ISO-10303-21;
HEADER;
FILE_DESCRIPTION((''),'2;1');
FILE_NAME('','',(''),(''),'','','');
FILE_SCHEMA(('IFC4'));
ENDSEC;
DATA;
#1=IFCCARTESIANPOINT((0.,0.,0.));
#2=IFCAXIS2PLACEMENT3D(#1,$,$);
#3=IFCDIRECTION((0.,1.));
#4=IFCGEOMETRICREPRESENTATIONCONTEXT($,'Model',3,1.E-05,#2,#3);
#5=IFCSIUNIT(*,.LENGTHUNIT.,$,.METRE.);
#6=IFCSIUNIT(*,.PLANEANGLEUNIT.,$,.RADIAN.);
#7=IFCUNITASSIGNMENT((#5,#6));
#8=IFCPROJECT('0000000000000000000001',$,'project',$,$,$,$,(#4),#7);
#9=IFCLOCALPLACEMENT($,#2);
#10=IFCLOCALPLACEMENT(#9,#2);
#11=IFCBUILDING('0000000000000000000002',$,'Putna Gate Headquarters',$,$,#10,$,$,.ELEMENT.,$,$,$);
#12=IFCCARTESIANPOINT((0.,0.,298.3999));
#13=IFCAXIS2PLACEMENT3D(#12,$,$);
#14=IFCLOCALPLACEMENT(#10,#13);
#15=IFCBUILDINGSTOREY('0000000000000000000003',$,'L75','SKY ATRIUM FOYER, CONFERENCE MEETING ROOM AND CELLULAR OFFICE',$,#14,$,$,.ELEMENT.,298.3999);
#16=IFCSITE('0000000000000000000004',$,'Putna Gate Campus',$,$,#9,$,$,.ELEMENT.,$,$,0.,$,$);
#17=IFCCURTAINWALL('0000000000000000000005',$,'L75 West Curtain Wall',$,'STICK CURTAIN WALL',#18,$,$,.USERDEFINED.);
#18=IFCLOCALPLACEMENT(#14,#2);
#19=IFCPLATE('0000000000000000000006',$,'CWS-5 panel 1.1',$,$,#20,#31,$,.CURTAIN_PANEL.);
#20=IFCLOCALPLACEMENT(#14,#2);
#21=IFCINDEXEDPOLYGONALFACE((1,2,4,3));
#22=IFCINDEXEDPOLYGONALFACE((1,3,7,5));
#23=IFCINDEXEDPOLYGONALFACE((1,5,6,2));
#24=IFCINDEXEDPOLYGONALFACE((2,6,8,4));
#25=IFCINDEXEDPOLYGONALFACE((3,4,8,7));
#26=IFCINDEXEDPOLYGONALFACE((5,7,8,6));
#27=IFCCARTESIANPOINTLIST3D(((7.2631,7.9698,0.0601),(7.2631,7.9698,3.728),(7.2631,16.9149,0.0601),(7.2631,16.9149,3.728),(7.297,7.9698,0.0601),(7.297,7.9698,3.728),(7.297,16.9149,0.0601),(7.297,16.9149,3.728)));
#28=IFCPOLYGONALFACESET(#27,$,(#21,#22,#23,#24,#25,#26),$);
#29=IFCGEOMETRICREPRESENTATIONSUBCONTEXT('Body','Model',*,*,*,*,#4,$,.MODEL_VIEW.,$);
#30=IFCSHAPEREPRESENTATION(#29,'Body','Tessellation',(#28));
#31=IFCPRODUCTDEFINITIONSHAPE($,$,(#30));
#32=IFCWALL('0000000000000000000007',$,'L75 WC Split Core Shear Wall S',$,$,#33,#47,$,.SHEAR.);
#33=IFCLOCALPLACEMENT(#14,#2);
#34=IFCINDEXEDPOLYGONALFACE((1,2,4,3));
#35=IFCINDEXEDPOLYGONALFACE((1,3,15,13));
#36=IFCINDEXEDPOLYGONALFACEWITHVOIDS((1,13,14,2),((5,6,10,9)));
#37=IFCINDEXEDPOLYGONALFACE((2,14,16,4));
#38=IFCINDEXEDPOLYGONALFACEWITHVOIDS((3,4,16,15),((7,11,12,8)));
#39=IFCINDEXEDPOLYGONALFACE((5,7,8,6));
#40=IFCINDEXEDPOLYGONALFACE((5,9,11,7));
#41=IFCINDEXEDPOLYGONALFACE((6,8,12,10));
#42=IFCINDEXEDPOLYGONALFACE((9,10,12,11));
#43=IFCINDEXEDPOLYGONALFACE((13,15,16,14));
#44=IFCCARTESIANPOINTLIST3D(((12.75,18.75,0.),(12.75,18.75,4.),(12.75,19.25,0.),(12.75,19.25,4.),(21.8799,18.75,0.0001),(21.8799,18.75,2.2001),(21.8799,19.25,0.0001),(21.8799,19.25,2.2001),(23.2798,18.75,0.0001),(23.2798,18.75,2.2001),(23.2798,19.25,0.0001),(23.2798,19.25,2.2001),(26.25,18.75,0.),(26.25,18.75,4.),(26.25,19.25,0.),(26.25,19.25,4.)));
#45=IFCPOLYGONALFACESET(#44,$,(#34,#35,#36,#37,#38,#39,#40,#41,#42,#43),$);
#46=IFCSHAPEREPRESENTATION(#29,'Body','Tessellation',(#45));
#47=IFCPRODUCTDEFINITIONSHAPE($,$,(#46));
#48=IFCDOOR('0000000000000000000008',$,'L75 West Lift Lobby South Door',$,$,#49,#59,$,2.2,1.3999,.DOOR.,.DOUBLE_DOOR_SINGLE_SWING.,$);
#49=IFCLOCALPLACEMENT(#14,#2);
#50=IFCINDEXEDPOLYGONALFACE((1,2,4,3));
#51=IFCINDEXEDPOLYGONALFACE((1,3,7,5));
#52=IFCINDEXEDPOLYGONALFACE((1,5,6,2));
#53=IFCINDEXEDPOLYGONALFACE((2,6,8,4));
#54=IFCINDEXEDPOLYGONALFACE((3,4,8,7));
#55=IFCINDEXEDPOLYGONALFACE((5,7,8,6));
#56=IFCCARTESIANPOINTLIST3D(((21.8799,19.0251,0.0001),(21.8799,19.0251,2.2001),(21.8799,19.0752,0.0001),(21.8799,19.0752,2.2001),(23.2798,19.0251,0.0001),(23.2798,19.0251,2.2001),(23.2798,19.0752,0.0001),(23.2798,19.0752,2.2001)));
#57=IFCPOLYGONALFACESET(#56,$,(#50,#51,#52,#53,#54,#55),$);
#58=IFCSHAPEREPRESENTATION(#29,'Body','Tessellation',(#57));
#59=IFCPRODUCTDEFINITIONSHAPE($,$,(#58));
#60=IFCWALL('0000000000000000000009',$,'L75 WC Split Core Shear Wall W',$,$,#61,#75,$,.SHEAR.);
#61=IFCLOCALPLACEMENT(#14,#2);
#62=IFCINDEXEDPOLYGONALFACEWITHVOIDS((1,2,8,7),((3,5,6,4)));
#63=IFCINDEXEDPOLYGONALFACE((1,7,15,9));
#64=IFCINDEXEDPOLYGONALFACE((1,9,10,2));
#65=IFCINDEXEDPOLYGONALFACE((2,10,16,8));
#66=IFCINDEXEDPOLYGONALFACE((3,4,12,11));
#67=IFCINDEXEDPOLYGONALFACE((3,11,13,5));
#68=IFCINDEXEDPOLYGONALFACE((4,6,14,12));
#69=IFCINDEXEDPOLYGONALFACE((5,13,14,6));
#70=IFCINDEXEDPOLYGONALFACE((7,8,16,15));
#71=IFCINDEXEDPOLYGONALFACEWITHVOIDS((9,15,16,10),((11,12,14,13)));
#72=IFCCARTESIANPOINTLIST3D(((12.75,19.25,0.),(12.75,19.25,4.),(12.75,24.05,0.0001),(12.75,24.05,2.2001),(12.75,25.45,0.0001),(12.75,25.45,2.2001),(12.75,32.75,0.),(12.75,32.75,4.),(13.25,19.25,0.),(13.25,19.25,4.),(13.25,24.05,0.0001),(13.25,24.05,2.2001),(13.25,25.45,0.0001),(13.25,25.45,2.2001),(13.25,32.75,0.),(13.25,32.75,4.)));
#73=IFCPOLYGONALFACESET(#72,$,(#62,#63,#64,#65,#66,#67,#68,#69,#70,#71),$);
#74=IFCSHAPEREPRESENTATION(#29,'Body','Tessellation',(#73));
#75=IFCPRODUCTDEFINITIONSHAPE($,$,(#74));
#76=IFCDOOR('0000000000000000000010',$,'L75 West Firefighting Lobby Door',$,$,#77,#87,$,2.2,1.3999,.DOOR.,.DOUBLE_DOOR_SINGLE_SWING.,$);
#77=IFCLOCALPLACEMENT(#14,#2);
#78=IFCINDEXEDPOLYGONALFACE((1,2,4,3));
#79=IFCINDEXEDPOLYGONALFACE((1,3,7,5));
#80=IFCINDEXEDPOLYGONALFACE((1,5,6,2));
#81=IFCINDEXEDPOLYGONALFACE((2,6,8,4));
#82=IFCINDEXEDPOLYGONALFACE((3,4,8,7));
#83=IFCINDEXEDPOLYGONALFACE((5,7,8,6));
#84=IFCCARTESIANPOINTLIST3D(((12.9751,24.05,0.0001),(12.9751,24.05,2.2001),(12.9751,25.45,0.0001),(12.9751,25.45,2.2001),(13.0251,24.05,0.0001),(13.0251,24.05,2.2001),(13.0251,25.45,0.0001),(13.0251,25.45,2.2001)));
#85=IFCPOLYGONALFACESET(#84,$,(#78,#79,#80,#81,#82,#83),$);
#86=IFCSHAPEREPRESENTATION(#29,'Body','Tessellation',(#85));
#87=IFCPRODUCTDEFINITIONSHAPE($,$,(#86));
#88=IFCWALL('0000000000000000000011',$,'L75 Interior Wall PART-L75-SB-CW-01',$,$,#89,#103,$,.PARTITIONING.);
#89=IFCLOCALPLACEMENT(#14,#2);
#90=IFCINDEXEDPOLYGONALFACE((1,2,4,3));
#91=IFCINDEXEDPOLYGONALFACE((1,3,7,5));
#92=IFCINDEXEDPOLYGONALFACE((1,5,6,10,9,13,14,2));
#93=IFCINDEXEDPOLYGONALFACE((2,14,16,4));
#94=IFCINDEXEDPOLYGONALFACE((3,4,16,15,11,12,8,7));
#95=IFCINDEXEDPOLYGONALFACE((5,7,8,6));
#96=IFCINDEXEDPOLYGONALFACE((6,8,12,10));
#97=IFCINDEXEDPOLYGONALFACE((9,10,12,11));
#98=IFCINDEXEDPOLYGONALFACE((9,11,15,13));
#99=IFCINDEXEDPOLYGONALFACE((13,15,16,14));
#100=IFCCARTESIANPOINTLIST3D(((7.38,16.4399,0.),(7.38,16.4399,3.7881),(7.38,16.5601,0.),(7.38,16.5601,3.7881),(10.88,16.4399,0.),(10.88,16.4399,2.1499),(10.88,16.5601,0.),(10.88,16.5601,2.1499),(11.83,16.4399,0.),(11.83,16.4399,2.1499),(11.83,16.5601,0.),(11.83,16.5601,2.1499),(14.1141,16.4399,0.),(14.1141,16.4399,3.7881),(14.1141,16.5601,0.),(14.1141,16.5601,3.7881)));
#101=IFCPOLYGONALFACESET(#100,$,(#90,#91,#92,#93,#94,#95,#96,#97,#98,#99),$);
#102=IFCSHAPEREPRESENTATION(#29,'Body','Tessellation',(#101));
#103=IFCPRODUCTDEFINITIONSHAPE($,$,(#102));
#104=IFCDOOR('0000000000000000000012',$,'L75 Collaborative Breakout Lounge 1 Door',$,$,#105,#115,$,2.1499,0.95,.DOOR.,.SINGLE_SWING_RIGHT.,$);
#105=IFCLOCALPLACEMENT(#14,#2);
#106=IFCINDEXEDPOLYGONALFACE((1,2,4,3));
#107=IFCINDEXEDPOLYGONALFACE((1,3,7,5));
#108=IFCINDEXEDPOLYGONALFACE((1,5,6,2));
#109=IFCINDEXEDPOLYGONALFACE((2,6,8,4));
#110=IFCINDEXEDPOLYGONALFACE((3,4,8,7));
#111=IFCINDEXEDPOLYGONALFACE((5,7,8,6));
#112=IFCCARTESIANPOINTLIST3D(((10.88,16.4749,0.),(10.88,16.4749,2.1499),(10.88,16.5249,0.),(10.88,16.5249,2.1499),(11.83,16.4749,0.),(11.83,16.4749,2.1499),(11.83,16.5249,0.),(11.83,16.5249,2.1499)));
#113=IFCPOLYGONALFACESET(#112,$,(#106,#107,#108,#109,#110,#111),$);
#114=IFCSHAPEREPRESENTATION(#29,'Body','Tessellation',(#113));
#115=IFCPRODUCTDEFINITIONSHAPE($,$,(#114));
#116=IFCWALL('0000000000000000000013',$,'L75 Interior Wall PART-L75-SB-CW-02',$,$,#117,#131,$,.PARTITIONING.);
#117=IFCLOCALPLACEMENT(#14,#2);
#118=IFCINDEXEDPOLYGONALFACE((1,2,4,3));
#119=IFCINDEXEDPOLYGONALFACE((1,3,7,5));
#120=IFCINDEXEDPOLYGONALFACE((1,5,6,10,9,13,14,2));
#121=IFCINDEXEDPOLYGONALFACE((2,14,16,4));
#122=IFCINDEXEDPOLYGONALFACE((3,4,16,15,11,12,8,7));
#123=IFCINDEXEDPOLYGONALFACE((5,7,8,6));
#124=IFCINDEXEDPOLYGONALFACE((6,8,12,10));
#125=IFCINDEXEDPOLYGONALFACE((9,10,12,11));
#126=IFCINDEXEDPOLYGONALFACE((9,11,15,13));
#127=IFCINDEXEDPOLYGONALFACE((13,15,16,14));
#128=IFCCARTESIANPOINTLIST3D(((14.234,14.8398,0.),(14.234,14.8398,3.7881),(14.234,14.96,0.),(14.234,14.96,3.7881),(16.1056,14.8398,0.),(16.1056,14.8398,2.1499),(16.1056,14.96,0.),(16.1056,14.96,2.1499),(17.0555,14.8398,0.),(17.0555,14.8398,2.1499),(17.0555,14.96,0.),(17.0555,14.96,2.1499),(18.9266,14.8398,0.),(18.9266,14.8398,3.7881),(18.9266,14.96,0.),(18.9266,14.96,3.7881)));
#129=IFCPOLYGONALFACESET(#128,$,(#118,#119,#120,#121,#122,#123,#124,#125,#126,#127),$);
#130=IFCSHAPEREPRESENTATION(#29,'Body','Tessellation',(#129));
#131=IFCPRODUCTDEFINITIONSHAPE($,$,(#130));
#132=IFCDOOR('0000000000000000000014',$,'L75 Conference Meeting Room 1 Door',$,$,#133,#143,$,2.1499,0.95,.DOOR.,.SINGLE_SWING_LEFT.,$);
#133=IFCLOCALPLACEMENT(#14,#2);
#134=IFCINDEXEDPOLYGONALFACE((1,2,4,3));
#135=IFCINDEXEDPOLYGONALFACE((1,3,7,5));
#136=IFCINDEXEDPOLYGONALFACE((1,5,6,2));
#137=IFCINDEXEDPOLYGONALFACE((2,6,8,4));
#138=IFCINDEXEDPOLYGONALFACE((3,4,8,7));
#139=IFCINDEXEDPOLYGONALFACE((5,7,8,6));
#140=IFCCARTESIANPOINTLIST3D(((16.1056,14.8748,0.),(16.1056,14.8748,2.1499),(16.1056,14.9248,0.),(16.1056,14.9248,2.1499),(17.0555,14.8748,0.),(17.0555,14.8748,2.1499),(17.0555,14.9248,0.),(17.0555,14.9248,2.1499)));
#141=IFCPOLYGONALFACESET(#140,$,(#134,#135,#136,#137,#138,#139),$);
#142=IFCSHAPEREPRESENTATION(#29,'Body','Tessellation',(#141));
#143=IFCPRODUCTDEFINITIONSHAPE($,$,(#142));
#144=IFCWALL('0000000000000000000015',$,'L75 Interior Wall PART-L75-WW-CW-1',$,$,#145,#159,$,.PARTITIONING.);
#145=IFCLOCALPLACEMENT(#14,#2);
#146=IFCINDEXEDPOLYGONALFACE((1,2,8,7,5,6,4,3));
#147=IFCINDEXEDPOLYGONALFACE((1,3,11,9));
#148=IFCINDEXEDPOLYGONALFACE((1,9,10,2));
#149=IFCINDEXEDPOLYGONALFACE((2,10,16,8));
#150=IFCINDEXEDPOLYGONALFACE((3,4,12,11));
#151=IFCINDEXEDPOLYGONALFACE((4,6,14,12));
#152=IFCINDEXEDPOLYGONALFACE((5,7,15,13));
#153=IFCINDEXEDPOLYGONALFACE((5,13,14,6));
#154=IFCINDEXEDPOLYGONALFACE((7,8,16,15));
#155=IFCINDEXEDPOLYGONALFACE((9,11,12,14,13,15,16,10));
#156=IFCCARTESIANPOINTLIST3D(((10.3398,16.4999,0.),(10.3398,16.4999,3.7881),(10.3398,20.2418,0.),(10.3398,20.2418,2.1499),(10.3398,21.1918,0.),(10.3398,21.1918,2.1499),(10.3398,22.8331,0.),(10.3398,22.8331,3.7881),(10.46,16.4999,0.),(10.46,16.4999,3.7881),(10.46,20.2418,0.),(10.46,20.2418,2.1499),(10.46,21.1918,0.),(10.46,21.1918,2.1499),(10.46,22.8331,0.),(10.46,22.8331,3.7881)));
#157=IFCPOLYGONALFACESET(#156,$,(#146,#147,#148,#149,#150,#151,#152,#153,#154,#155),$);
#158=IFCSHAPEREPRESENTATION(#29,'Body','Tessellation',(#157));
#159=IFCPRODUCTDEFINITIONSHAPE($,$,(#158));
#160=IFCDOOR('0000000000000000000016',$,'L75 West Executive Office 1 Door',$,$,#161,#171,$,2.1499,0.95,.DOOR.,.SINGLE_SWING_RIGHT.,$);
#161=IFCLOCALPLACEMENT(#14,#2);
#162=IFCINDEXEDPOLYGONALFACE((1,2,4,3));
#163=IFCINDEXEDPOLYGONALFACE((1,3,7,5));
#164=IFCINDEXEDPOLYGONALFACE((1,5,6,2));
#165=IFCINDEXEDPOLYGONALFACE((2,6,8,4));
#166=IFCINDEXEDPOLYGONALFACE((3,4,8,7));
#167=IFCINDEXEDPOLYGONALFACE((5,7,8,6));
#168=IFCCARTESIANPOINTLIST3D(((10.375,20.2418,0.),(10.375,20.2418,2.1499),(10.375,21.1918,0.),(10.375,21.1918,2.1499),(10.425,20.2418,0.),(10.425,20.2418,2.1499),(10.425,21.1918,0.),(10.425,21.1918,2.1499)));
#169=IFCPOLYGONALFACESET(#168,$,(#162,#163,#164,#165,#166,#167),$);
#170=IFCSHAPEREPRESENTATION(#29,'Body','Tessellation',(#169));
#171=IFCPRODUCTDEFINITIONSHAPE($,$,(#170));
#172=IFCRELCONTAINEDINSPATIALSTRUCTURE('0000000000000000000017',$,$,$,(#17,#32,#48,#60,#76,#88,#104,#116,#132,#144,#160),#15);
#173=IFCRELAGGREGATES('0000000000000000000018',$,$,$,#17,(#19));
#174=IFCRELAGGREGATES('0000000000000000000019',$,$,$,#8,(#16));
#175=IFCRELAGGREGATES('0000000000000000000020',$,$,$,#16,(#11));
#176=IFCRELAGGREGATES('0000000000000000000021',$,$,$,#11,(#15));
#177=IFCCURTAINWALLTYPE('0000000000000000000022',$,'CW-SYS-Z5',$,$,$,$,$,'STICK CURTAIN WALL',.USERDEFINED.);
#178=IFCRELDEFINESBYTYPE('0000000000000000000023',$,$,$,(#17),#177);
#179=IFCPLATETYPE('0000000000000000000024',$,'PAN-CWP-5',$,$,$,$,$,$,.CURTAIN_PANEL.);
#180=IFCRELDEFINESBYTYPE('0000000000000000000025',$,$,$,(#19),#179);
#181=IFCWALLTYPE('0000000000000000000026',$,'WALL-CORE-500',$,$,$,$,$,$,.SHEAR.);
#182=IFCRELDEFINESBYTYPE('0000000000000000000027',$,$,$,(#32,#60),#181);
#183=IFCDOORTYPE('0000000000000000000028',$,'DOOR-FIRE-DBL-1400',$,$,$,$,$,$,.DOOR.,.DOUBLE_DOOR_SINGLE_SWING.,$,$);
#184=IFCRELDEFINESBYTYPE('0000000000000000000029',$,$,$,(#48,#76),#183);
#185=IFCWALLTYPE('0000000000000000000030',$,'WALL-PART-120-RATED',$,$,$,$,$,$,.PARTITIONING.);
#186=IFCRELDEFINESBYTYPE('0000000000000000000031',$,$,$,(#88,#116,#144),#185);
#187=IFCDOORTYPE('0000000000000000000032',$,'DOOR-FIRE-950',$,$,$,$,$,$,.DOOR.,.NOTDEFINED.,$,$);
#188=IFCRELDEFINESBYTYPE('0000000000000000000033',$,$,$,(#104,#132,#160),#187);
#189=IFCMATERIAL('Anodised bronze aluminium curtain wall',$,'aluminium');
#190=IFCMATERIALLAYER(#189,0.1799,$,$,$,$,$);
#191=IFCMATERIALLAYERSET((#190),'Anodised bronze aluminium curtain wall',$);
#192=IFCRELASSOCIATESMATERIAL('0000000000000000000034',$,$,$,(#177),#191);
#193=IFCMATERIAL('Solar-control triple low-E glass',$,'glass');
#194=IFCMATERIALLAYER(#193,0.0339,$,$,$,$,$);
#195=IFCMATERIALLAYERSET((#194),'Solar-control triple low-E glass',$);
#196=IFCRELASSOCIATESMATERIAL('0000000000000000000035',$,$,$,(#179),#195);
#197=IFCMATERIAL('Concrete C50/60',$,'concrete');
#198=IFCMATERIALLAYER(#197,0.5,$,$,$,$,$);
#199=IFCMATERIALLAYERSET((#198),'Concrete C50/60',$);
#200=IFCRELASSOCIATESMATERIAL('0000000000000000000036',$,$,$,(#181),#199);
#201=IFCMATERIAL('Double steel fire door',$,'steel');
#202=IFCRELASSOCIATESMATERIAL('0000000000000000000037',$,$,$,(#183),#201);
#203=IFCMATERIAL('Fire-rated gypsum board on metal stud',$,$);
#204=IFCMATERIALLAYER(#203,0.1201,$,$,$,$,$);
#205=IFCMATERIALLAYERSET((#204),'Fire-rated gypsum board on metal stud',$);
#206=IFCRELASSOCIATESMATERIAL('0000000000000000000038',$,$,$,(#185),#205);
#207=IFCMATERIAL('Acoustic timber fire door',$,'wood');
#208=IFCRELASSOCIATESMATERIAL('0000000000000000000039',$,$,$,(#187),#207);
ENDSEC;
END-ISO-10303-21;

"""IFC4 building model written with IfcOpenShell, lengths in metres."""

from ifc_helpers import new_model, si_unit, direction, frame, frame_2d, origin, origin_2d, place, context, subcontext, project, spatial, rectangle, extrude, material, layer, layer_set, type_object, element, fill, aggregate, save


model = new_model("IFC4")

# Units and contexts
model_context = context("Model", 3, precision=1e-05, world=origin(), true_north=direction((0.0, 1.0)))
body_context = subcontext(model_context, "Body", "Model", "MODEL_VIEW")
ifc_project = project(units=[si_unit("LENGTHUNIT", "METRE"), si_unit("PLANEANGLEUNIT", "RADIAN")], contexts=[model_context])

# Site, building, storey
site_placement = place(None, origin())
site = spatial("IfcSite", under=ifc_project, at=site_placement, Name="Putna Gate Campus", CompositionType="ELEMENT", RefElevation=0.0)
building_placement = place(site_placement, origin())
building = spatial("IfcBuilding", under=site, at=building_placement, Name="Putna Gate Headquarters", CompositionType="ELEMENT")
storey_placement = place(building_placement, frame((0.0, 0.0, 298.3999)))
storey = spatial("IfcBuildingStorey", under=building, at=storey_placement, Name="L75", Description="SKY ATRIUM FOYER, CONFERENCE MEETING ROOM AND CELLULAR OFFICE", CompositionType="ELEMENT", Elevation=298.3999)

# Curtain wall, plate
ifc_material_1 = material(Name="Anodised bronze aluminium curtain wall", Category="aluminium")
ifc_layer_1 = layer(ifc_material_1, 0.1799)
ifc_layer_set_1 = layer_set([ifc_layer_1], Name="Anodised bronze aluminium curtain wall")
curtain_wall_type = type_object("IfcCurtainWallType", Name="CW-SYS-Z5", ElementType="STICK CURTAIN WALL", PredefinedType="USERDEFINED", material=ifc_layer_set_1)
curtain_wall_placement = place(storey_placement, origin())
curtain_wall = element("IfcCurtainWall", 1, at=curtain_wall_placement, inside=storey, type_object=curtain_wall_type, Name="L75 West Curtain Wall", ObjectType="STICK CURTAIN WALL", PredefinedType="USERDEFINED")
ifc_material_2 = material(Name="Solar-control triple low-E glass", Category="glass")
ifc_layer_2 = layer(ifc_material_2, 0.0339)
ifc_layer_set_2 = layer_set([ifc_layer_2], Name="Solar-control triple low-E glass")
plate_type = type_object("IfcPlateType", Name="PAN-CWP-5", PredefinedType="CURTAIN_PANEL", material=ifc_layer_set_2)
plate_placement = place(storey_placement, frame((7.28, 12.4424, 0.0601), z_axis=(0.0, 0.0, 1.0), x_axis=(0.0, 1.0, 0.0)))
plate = element("IfcPlate", 2, at=plate_placement, type_object=plate_type, Name="CWS-5 panel 1.1", PredefinedType="CURTAIN_PANEL", context=body_context, shape_type="SweptSolid", body=[
    extrude(rectangle(XDim=8.9451, YDim=0.0339, at=origin_2d()), origin(), (0.0, 0.0, 1.0), 3.668),
])
aggregate(curtain_wall, [plate])

# Walls, openings, doors
ifc_material_3 = material(Name="Concrete C50/60", Category="concrete")
ifc_layer_3 = layer(ifc_material_3, 0.5)
ifc_layer_set_3 = layer_set([ifc_layer_3], Name="Concrete C50/60")
wall_type_1 = type_object("IfcWallType", Name="WALL-CORE-500", PredefinedType="SHEAR", material=ifc_layer_set_3)
wall_1_placement = place(storey_placement, frame((12.75, 19.0, 0.0), z_axis=(0.0, 0.0, 1.0), x_axis=(1.0, 0.0, 0.0)))
wall_1 = element("IfcWall", 3, at=wall_1_placement, inside=storey, type_object=wall_type_1, Name="L75 WC Split Core Shear Wall S", PredefinedType="SHEAR", context=body_context, shape_type="SweptSolid", body=[
    extrude(rectangle(XDim=13.5, YDim=0.5, at=frame_2d((6.75, 0.0))), origin(), (0.0, 0.0, 1.0), 4.0),
])
opening_1_placement = place(wall_1_placement, frame((9.1299, 0.0, 0.0)))
opening_1 = element("IfcOpeningElement", 4, at=opening_1_placement, cuts=wall_1, PredefinedType="OPENING", context=body_context, shape_type="SweptSolid", body=[
    extrude(rectangle(XDim=1.3999, YDim=2.2, at=frame_2d((0.7, 1.1001))), frame((0.0, 0.26, 0.0), z_axis=(0.0, -1.0, 0.0), x_axis=(1.0, 0.0, 0.0)), (0.0, 0.0, 1.0), 0.52),
])
ifc_material_4 = material(Name="Double steel fire door", Category="steel")
door_type_1 = type_object("IfcDoorType", Name="DOOR-FIRE-DBL-1400", OperationType="DOUBLE_DOOR_SINGLE_SWING", PredefinedType="DOOR", material=ifc_material_4)
door_1_placement = place(opening_1_placement, origin())
door_1 = element("IfcDoor", 5, at=door_1_placement, inside=storey, type_object=door_type_1, Name="L75 West Lift Lobby South Door", OperationType="DOUBLE_DOOR_SINGLE_SWING", OverallHeight=2.2, OverallWidth=1.3999, PredefinedType="DOOR", context=body_context, shape_type="SweptSolid", body=[
    extrude(rectangle(XDim=1.3999, YDim=2.2, at=frame_2d((0.7, 1.1001))), frame((0.0, 0.0752, 0.0), z_axis=(0.0, -1.0, 0.0), x_axis=(1.0, 0.0, 0.0)), (0.0, 0.0, 1.0), 0.05),
])
fill(opening_1, door_1)
wall_2_placement = place(storey_placement, frame((13.0, 19.25, 0.0), z_axis=(0.0, 0.0, 1.0), x_axis=(0.0, 1.0, 0.0)))
wall_2 = element("IfcWall", 6, at=wall_2_placement, inside=storey, type_object=wall_type_1, Name="L75 WC Split Core Shear Wall W", PredefinedType="SHEAR", context=body_context, shape_type="SweptSolid", body=[
    extrude(rectangle(XDim=13.5, YDim=0.5, at=frame_2d((6.75, 0.0))), origin(), (0.0, 0.0, 1.0), 4.0),
])
opening_2_placement = place(wall_2_placement, frame((4.8, 0.0, 0.0)))
opening_2 = element("IfcOpeningElement", 7, at=opening_2_placement, cuts=wall_2, PredefinedType="OPENING", context=body_context, shape_type="SweptSolid", body=[
    extrude(rectangle(XDim=1.3999, YDim=2.2, at=frame_2d((0.7, 1.1001))), frame((0.0, 0.26, 0.0), z_axis=(0.0, -1.0, 0.0), x_axis=(1.0, 0.0, 0.0)), (0.0, 0.0, 1.0), 0.52),
])
door_2_placement = place(opening_2_placement, origin())
door_2 = element("IfcDoor", 8, at=door_2_placement, inside=storey, type_object=door_type_1, Name="L75 West Firefighting Lobby Door", OperationType="DOUBLE_DOOR_SINGLE_SWING", OverallHeight=2.2, OverallWidth=1.3999, PredefinedType="DOOR", context=body_context, shape_type="SweptSolid", body=[
    extrude(rectangle(XDim=1.3999, YDim=2.2, at=frame_2d((0.7, 1.1001))), frame((0.0, 0.0249, 0.0), z_axis=(0.0, -1.0, 0.0), x_axis=(1.0, 0.0, 0.0)), (0.0, 0.0, 1.0), 0.05),
])
fill(opening_2, door_2)
ifc_material_5 = material(Name="Fire-rated gypsum board on metal stud")
ifc_layer_4 = layer(ifc_material_5, 0.1201)
ifc_layer_set_4 = layer_set([ifc_layer_4], Name="Fire-rated gypsum board on metal stud")
wall_type_2 = type_object("IfcWallType", Name="WALL-PART-120-RATED", PredefinedType="PARTITIONING", material=ifc_layer_set_4)
wall_3_placement = place(storey_placement, frame((7.3799, 16.5, 0.0), z_axis=(0.0, 0.0, 1.0), x_axis=(1.0, 0.0, 0.0)))
wall_3 = element("IfcWall", 9, at=wall_3_placement, inside=storey, type_object=wall_type_2, Name="L75 Interior Wall PART-L75-SB-CW-01", PredefinedType="PARTITIONING", context=body_context, shape_type="SweptSolid", body=[
    extrude(rectangle(XDim=6.7341, YDim=0.1201, at=frame_2d((3.3672, 0.0))), origin(), (0.0, 0.0, 1.0), 3.7881),
])
opening_3_placement = place(wall_3_placement, frame((3.5, 0.0, 0.0)))
opening_3 = element("IfcOpeningElement", 10, at=opening_3_placement, cuts=wall_3, PredefinedType="OPENING", context=body_context, shape_type="SweptSolid", body=[
    extrude(rectangle(XDim=0.95, YDim=2.1499, at=frame_2d((0.4751, 1.075))), frame((0.0, 0.0701, 0.0), z_axis=(0.0, -1.0, 0.0), x_axis=(1.0, 0.0, 0.0)), (0.0, 0.0, 1.0), 0.1401),
])
ifc_material_6 = material(Name="Acoustic timber fire door", Category="wood")
door_type_2 = type_object("IfcDoorType", Name="DOOR-FIRE-950", OperationType="NOTDEFINED", PredefinedType="DOOR", material=ifc_material_6)
door_3_placement = place(opening_3_placement, origin())
door_3 = element("IfcDoor", 11, at=door_3_placement, inside=storey, type_object=door_type_2, Name="L75 Collaborative Breakout Lounge 1 Door", OperationType="SINGLE_SWING_RIGHT", OverallHeight=2.1499, OverallWidth=0.95, PredefinedType="DOOR", context=body_context, shape_type="SweptSolid", body=[
    extrude(rectangle(XDim=0.95, YDim=2.1499, at=frame_2d((0.4751, 1.075))), frame((0.0, 0.0249, 0.0), z_axis=(0.0, -1.0, 0.0), x_axis=(1.0, 0.0, 0.0)), (0.0, 0.0, 1.0), 0.05),
])
fill(opening_3, door_3)
wall_4_placement = place(storey_placement, frame((14.2341, 14.8999, 0.0), z_axis=(0.0, 0.0, 1.0), x_axis=(1.0, 0.0, 0.0)))
wall_4 = element("IfcWall", 12, at=wall_4_placement, inside=storey, type_object=wall_type_2, Name="L75 Interior Wall PART-L75-SB-CW-02", PredefinedType="PARTITIONING", context=body_context, shape_type="SweptSolid", body=[
    extrude(rectangle(XDim=4.6926, YDim=0.1201, at=frame_2d((2.3462, 0.0))), origin(), (0.0, 0.0, 1.0), 3.7881),
])
opening_4_placement = place(wall_4_placement, frame((1.8713, 0.0, 0.0)))
opening_4 = element("IfcOpeningElement", 13, at=opening_4_placement, cuts=wall_4, PredefinedType="OPENING", context=body_context, shape_type="SweptSolid", body=[
    extrude(rectangle(XDim=0.95, YDim=2.1499, at=frame_2d((0.4751, 1.075))), frame((0.0, 0.0701, 0.0), z_axis=(0.0, -1.0, 0.0), x_axis=(1.0, 0.0, 0.0)), (0.0, 0.0, 1.0), 0.1401),
])
door_4_placement = place(opening_4_placement, origin())
door_4 = element("IfcDoor", 14, at=door_4_placement, inside=storey, type_object=door_type_2, Name="L75 Conference Meeting Room 1 Door", OperationType="SINGLE_SWING_LEFT", OverallHeight=2.1499, OverallWidth=0.95, PredefinedType="DOOR", context=body_context, shape_type="SweptSolid", body=[
    extrude(rectangle(XDim=0.95, YDim=2.1499, at=frame_2d((0.4751, 1.075))), frame((0.0, 0.0249, 0.0), z_axis=(0.0, -1.0, 0.0), x_axis=(1.0, 0.0, 0.0)), (0.0, 0.0, 1.0), 0.05),
])
fill(opening_4, door_4)
wall_5_placement = place(storey_placement, frame((10.3999, 16.5, 0.0), z_axis=(0.0, 0.0, 1.0), x_axis=(0.0, 1.0, 0.0)))
wall_5 = element("IfcWall", 15, at=wall_5_placement, inside=storey, type_object=wall_type_2, Name="L75 Interior Wall PART-L75-WW-CW-1", PredefinedType="PARTITIONING", context=body_context, shape_type="SweptSolid", body=[
    extrude(rectangle(XDim=6.3333, YDim=0.1201, at=frame_2d((3.1665, 0.0))), origin(), (0.0, 0.0, 1.0), 3.7881),
])
opening_5_placement = place(wall_5_placement, frame((3.7417, 0.0, 0.0)))
opening_5 = element("IfcOpeningElement", 16, at=opening_5_placement, cuts=wall_5, PredefinedType="OPENING", context=body_context, shape_type="SweptSolid", body=[
    extrude(rectangle(XDim=0.95, YDim=2.1499, at=frame_2d((0.4751, 1.075))), frame((0.0, 0.0701, 0.0), z_axis=(0.0, -1.0, 0.0), x_axis=(1.0, 0.0, 0.0)), (0.0, 0.0, 1.0), 0.1401),
])
door_5_placement = place(opening_5_placement, origin())
door_5 = element("IfcDoor", 17, at=door_5_placement, inside=storey, type_object=door_type_2, Name="L75 West Executive Office 1 Door", OperationType="SINGLE_SWING_RIGHT", OverallHeight=2.1499, OverallWidth=0.95, PredefinedType="DOOR", context=body_context, shape_type="SweptSolid", body=[
    extrude(rectangle(XDim=0.95, YDim=2.1499, at=frame_2d((0.4751, 1.075))), frame((0.0, 0.0249, 0.0), z_axis=(0.0, -1.0, 0.0), x_axis=(1.0, 0.0, 0.0)), (0.0, 0.0, 1.0), 0.05),
])
fill(opening_5, door_5)

save(model, "model.ifc")
